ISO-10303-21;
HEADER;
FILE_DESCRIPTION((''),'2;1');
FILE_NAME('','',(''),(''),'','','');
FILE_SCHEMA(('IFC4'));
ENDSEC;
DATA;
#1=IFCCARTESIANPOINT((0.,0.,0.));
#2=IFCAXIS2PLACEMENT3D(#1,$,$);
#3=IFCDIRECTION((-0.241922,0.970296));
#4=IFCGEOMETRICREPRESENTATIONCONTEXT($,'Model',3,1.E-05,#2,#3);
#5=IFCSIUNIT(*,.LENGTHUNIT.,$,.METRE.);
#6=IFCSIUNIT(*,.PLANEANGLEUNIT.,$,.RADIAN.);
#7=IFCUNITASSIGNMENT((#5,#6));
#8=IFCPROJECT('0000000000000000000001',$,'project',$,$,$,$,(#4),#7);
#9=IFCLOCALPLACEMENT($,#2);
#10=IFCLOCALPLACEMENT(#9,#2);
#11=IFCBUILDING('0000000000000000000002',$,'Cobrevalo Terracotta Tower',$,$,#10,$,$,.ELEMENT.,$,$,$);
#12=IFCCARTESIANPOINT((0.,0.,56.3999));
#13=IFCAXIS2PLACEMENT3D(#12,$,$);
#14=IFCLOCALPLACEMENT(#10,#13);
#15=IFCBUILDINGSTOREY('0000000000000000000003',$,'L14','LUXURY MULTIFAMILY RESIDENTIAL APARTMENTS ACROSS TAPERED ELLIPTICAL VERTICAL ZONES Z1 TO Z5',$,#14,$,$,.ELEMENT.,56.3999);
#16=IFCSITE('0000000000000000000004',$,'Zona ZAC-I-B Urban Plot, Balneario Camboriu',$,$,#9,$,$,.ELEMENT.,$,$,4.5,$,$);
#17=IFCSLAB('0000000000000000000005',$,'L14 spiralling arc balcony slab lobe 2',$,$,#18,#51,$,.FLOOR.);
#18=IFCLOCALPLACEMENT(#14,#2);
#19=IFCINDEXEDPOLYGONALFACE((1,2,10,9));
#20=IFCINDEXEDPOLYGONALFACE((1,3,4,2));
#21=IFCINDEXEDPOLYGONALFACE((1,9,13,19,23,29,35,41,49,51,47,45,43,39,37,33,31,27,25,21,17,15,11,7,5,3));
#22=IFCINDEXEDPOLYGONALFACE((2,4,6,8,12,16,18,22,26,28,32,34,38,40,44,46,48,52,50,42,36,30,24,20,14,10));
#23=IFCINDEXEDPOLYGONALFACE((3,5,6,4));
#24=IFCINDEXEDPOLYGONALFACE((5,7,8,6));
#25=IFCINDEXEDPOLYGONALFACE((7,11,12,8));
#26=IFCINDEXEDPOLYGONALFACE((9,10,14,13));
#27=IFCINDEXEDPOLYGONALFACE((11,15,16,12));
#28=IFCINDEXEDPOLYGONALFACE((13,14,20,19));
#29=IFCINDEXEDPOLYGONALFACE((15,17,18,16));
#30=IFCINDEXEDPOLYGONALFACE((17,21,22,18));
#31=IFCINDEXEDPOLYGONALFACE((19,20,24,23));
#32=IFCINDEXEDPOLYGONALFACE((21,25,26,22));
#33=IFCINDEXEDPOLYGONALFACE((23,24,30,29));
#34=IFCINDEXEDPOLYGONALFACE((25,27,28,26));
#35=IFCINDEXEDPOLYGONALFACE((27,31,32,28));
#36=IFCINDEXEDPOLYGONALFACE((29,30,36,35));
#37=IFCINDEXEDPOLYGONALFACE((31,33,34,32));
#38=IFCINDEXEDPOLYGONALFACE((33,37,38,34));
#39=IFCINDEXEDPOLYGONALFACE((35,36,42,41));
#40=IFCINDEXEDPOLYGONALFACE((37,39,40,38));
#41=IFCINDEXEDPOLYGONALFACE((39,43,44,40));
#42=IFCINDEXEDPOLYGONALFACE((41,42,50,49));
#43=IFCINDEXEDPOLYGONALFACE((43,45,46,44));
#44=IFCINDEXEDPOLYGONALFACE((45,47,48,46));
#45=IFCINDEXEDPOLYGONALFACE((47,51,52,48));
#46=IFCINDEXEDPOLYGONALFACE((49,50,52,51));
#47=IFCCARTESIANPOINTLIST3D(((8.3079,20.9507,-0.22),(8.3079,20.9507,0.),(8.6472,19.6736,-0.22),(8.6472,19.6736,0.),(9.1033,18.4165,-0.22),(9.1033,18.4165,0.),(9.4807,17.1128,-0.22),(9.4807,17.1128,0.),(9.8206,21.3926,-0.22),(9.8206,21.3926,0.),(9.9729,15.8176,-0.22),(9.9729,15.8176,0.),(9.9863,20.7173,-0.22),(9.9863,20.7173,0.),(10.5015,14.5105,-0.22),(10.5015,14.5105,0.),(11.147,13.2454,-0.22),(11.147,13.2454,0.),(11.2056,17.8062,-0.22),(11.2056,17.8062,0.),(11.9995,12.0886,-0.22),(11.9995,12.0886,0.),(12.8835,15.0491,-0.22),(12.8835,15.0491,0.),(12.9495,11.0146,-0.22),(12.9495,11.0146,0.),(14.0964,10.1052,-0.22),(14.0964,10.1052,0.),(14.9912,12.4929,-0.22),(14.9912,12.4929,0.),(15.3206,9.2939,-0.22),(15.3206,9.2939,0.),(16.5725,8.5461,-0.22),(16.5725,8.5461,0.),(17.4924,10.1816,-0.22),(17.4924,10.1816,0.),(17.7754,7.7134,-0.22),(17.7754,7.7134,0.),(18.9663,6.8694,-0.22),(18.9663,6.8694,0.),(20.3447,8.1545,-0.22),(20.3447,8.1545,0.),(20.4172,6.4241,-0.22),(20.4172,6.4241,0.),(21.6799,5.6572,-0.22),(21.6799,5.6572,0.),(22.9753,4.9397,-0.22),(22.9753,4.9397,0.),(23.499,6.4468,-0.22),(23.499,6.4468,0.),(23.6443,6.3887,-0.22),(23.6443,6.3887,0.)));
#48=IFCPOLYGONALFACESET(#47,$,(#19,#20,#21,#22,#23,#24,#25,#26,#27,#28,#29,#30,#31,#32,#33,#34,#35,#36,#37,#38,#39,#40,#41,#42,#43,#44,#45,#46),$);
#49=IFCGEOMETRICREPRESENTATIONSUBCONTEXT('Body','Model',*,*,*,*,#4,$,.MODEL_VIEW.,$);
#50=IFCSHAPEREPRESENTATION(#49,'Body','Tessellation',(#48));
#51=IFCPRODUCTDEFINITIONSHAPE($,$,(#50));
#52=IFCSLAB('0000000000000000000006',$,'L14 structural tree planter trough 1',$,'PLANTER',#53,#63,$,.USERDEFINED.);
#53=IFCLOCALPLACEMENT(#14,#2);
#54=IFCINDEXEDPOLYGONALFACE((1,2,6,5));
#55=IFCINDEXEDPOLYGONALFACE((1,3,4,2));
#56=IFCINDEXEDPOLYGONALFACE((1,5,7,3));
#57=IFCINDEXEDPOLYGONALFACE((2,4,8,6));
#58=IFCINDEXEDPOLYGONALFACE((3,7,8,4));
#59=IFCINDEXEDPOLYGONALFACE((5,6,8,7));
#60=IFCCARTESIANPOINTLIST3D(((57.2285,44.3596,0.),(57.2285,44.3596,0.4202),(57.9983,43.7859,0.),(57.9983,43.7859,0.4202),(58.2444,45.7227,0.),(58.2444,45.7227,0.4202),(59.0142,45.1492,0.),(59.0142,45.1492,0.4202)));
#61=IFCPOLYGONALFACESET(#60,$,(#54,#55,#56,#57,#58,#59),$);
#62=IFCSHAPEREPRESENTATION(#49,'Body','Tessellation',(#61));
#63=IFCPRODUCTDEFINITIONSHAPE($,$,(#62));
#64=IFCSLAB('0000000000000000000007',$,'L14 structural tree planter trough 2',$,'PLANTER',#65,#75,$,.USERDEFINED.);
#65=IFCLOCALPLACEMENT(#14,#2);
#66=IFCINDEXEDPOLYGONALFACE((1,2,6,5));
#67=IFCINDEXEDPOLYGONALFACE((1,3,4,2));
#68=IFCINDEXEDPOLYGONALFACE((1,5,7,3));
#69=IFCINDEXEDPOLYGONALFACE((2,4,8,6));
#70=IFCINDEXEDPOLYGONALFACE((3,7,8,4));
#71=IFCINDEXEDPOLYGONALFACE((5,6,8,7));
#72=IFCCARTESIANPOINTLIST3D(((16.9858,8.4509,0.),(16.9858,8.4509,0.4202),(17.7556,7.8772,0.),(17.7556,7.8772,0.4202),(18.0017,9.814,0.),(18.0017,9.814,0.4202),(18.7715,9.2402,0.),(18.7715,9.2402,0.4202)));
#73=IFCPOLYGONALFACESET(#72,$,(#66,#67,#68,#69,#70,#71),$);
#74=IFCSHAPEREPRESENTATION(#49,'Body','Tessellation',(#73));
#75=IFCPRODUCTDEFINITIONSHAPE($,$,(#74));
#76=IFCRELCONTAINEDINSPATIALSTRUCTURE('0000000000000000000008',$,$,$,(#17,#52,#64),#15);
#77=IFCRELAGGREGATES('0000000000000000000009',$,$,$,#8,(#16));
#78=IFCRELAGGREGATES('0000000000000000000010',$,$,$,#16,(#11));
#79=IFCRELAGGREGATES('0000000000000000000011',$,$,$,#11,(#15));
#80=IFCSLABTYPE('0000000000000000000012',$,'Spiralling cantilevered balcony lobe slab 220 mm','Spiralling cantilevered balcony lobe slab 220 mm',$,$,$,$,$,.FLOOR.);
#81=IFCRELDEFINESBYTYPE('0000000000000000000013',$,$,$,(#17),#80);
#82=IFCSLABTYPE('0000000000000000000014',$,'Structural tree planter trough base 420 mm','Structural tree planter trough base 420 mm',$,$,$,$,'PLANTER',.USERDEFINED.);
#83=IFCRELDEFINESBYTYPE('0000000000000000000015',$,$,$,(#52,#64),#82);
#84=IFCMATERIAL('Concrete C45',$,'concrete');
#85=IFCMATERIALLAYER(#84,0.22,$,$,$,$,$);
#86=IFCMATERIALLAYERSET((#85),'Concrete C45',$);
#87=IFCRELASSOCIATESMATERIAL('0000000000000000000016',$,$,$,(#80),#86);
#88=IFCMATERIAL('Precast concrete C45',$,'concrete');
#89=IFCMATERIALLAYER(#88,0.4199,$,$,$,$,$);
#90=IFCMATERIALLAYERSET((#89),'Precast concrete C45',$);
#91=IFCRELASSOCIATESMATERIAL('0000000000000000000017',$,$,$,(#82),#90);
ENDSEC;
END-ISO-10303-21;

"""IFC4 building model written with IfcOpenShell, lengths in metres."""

from ifc_helpers import new_model, si_unit, direction, frame, origin, place, context, subcontext, project, spatial, polyline, outline, extrude, material, layer, layer_set, type_object, element, save


model = new_model("IFC4")

# Units and contexts
model_context = context("Model", 3, precision=1e-05, world=origin(), true_north=direction((-0.241922, 0.970296)))
body_context = subcontext(model_context, "Body", "Model", "MODEL_VIEW")
ifc_project = project(units=[si_unit("LENGTHUNIT", "METRE"), si_unit("PLANEANGLEUNIT", "RADIAN")], contexts=[model_context])

# Site, building, storey
site_placement = place(None, origin())
site = spatial("IfcSite", under=ifc_project, at=site_placement, Name="Zona ZAC-I-B Urban Plot, Balneario Camboriu", CompositionType="ELEMENT", RefElevation=4.5)
building_placement = place(site_placement, origin())
building = spatial("IfcBuilding", under=site, at=building_placement, Name="Cobrevalo Terracotta Tower", CompositionType="ELEMENT")
storey_placement = place(building_placement, frame((0.0, 0.0, 56.3999)))
storey = spatial("IfcBuildingStorey", under=building, at=storey_placement, Name="L14", Description="LUXURY MULTIFAMILY RESIDENTIAL APARTMENTS ACROSS TAPERED ELLIPTICAL VERTICAL ZONES Z1 TO Z5", CompositionType="ELEMENT", Elevation=56.3999)

# Slabs
ifc_material_1 = material(Name="Concrete C45", Category="concrete")
ifc_layer_1 = layer(ifc_material_1, 0.22)
ifc_layer_set_1 = layer_set([ifc_layer_1], Name="Concrete C45")
slab_type_1 = type_object("IfcSlabType", Name="Spiralling cantilevered balcony lobe slab 220 mm", Description="Spiralling cantilevered balcony lobe slab 220 mm", PredefinedType="FLOOR", material=ifc_layer_set_1)
slab_1_placement = place(storey_placement, frame((0.0, 0.0, -0.22)))
element("IfcSlab", 1, at=slab_1_placement, inside=storey, type_object=slab_type_1, Name="L14 spiralling arc balcony slab lobe 2", PredefinedType="FLOOR", context=body_context, shape_type="SweptSolid", body=[
    extrude(outline(polyline([(8.3079, 20.9507), (8.6472, 19.6736), (9.1033, 18.4165), (9.4807, 17.1128), (9.9729, 15.8176), (10.5015, 14.5105), (11.147, 13.2454), (11.9995, 12.0886), (12.9495, 11.0146), (14.0964, 10.1052), (15.3206, 9.2939), (16.5725, 8.5461), (17.7754, 7.7134), (18.9663, 6.8694), (20.4172, 6.4241), (21.6799, 5.6572), (22.9753, 4.9397), (23.6443, 6.3887), (23.499, 6.4468), (20.3447, 8.1545), (17.4924, 10.1816), (14.9912, 12.4929), (12.8835, 15.0491), (11.2056, 17.8062), (9.9863, 20.7173), (9.8206, 21.3926), (8.3079, 20.9507)])), origin(), (0.0, 0.0, 1.0), 0.22),
])
ifc_material_2 = material(Name="Precast concrete C45", Category="concrete")
ifc_layer_2 = layer(ifc_material_2, 0.4199)
ifc_layer_set_2 = layer_set([ifc_layer_2], Name="Precast concrete C45")
slab_type_2 = type_object("IfcSlabType", Name="Structural tree planter trough base 420 mm", Description="Structural tree planter trough base 420 mm", ElementType="PLANTER", PredefinedType="USERDEFINED", material=ifc_layer_set_2)
slab_2_placement = place(storey_placement, origin())
element("IfcSlab", 2, at=slab_2_placement, inside=storey, type_object=slab_type_2, Name="L14 structural tree planter trough 1", ObjectType="PLANTER", PredefinedType="USERDEFINED", context=body_context, shape_type="SweptSolid", body=[
    extrude(outline(polyline([(57.9983, 43.7859), (59.0142, 45.1492), (58.2444, 45.7227), (57.2285, 44.3596), (57.9983, 43.7859)])), origin(), (0.0, 0.0, 1.0), 0.4202),
])
slab_3_placement = place(storey_placement, origin())
element("IfcSlab", 3, at=slab_3_placement, inside=storey, type_object=slab_type_2, Name="L14 structural tree planter trough 2", ObjectType="PLANTER", PredefinedType="USERDEFINED", context=body_context, shape_type="SweptSolid", body=[
    extrude(outline(polyline([(18.0017, 9.814), (16.9858, 8.4509), (17.7556, 7.8772), (18.7715, 9.2402), (18.0017, 9.814)])), origin(), (0.0, 0.0, 1.0), 0.4202),
])

save(model, "model.ifc")
